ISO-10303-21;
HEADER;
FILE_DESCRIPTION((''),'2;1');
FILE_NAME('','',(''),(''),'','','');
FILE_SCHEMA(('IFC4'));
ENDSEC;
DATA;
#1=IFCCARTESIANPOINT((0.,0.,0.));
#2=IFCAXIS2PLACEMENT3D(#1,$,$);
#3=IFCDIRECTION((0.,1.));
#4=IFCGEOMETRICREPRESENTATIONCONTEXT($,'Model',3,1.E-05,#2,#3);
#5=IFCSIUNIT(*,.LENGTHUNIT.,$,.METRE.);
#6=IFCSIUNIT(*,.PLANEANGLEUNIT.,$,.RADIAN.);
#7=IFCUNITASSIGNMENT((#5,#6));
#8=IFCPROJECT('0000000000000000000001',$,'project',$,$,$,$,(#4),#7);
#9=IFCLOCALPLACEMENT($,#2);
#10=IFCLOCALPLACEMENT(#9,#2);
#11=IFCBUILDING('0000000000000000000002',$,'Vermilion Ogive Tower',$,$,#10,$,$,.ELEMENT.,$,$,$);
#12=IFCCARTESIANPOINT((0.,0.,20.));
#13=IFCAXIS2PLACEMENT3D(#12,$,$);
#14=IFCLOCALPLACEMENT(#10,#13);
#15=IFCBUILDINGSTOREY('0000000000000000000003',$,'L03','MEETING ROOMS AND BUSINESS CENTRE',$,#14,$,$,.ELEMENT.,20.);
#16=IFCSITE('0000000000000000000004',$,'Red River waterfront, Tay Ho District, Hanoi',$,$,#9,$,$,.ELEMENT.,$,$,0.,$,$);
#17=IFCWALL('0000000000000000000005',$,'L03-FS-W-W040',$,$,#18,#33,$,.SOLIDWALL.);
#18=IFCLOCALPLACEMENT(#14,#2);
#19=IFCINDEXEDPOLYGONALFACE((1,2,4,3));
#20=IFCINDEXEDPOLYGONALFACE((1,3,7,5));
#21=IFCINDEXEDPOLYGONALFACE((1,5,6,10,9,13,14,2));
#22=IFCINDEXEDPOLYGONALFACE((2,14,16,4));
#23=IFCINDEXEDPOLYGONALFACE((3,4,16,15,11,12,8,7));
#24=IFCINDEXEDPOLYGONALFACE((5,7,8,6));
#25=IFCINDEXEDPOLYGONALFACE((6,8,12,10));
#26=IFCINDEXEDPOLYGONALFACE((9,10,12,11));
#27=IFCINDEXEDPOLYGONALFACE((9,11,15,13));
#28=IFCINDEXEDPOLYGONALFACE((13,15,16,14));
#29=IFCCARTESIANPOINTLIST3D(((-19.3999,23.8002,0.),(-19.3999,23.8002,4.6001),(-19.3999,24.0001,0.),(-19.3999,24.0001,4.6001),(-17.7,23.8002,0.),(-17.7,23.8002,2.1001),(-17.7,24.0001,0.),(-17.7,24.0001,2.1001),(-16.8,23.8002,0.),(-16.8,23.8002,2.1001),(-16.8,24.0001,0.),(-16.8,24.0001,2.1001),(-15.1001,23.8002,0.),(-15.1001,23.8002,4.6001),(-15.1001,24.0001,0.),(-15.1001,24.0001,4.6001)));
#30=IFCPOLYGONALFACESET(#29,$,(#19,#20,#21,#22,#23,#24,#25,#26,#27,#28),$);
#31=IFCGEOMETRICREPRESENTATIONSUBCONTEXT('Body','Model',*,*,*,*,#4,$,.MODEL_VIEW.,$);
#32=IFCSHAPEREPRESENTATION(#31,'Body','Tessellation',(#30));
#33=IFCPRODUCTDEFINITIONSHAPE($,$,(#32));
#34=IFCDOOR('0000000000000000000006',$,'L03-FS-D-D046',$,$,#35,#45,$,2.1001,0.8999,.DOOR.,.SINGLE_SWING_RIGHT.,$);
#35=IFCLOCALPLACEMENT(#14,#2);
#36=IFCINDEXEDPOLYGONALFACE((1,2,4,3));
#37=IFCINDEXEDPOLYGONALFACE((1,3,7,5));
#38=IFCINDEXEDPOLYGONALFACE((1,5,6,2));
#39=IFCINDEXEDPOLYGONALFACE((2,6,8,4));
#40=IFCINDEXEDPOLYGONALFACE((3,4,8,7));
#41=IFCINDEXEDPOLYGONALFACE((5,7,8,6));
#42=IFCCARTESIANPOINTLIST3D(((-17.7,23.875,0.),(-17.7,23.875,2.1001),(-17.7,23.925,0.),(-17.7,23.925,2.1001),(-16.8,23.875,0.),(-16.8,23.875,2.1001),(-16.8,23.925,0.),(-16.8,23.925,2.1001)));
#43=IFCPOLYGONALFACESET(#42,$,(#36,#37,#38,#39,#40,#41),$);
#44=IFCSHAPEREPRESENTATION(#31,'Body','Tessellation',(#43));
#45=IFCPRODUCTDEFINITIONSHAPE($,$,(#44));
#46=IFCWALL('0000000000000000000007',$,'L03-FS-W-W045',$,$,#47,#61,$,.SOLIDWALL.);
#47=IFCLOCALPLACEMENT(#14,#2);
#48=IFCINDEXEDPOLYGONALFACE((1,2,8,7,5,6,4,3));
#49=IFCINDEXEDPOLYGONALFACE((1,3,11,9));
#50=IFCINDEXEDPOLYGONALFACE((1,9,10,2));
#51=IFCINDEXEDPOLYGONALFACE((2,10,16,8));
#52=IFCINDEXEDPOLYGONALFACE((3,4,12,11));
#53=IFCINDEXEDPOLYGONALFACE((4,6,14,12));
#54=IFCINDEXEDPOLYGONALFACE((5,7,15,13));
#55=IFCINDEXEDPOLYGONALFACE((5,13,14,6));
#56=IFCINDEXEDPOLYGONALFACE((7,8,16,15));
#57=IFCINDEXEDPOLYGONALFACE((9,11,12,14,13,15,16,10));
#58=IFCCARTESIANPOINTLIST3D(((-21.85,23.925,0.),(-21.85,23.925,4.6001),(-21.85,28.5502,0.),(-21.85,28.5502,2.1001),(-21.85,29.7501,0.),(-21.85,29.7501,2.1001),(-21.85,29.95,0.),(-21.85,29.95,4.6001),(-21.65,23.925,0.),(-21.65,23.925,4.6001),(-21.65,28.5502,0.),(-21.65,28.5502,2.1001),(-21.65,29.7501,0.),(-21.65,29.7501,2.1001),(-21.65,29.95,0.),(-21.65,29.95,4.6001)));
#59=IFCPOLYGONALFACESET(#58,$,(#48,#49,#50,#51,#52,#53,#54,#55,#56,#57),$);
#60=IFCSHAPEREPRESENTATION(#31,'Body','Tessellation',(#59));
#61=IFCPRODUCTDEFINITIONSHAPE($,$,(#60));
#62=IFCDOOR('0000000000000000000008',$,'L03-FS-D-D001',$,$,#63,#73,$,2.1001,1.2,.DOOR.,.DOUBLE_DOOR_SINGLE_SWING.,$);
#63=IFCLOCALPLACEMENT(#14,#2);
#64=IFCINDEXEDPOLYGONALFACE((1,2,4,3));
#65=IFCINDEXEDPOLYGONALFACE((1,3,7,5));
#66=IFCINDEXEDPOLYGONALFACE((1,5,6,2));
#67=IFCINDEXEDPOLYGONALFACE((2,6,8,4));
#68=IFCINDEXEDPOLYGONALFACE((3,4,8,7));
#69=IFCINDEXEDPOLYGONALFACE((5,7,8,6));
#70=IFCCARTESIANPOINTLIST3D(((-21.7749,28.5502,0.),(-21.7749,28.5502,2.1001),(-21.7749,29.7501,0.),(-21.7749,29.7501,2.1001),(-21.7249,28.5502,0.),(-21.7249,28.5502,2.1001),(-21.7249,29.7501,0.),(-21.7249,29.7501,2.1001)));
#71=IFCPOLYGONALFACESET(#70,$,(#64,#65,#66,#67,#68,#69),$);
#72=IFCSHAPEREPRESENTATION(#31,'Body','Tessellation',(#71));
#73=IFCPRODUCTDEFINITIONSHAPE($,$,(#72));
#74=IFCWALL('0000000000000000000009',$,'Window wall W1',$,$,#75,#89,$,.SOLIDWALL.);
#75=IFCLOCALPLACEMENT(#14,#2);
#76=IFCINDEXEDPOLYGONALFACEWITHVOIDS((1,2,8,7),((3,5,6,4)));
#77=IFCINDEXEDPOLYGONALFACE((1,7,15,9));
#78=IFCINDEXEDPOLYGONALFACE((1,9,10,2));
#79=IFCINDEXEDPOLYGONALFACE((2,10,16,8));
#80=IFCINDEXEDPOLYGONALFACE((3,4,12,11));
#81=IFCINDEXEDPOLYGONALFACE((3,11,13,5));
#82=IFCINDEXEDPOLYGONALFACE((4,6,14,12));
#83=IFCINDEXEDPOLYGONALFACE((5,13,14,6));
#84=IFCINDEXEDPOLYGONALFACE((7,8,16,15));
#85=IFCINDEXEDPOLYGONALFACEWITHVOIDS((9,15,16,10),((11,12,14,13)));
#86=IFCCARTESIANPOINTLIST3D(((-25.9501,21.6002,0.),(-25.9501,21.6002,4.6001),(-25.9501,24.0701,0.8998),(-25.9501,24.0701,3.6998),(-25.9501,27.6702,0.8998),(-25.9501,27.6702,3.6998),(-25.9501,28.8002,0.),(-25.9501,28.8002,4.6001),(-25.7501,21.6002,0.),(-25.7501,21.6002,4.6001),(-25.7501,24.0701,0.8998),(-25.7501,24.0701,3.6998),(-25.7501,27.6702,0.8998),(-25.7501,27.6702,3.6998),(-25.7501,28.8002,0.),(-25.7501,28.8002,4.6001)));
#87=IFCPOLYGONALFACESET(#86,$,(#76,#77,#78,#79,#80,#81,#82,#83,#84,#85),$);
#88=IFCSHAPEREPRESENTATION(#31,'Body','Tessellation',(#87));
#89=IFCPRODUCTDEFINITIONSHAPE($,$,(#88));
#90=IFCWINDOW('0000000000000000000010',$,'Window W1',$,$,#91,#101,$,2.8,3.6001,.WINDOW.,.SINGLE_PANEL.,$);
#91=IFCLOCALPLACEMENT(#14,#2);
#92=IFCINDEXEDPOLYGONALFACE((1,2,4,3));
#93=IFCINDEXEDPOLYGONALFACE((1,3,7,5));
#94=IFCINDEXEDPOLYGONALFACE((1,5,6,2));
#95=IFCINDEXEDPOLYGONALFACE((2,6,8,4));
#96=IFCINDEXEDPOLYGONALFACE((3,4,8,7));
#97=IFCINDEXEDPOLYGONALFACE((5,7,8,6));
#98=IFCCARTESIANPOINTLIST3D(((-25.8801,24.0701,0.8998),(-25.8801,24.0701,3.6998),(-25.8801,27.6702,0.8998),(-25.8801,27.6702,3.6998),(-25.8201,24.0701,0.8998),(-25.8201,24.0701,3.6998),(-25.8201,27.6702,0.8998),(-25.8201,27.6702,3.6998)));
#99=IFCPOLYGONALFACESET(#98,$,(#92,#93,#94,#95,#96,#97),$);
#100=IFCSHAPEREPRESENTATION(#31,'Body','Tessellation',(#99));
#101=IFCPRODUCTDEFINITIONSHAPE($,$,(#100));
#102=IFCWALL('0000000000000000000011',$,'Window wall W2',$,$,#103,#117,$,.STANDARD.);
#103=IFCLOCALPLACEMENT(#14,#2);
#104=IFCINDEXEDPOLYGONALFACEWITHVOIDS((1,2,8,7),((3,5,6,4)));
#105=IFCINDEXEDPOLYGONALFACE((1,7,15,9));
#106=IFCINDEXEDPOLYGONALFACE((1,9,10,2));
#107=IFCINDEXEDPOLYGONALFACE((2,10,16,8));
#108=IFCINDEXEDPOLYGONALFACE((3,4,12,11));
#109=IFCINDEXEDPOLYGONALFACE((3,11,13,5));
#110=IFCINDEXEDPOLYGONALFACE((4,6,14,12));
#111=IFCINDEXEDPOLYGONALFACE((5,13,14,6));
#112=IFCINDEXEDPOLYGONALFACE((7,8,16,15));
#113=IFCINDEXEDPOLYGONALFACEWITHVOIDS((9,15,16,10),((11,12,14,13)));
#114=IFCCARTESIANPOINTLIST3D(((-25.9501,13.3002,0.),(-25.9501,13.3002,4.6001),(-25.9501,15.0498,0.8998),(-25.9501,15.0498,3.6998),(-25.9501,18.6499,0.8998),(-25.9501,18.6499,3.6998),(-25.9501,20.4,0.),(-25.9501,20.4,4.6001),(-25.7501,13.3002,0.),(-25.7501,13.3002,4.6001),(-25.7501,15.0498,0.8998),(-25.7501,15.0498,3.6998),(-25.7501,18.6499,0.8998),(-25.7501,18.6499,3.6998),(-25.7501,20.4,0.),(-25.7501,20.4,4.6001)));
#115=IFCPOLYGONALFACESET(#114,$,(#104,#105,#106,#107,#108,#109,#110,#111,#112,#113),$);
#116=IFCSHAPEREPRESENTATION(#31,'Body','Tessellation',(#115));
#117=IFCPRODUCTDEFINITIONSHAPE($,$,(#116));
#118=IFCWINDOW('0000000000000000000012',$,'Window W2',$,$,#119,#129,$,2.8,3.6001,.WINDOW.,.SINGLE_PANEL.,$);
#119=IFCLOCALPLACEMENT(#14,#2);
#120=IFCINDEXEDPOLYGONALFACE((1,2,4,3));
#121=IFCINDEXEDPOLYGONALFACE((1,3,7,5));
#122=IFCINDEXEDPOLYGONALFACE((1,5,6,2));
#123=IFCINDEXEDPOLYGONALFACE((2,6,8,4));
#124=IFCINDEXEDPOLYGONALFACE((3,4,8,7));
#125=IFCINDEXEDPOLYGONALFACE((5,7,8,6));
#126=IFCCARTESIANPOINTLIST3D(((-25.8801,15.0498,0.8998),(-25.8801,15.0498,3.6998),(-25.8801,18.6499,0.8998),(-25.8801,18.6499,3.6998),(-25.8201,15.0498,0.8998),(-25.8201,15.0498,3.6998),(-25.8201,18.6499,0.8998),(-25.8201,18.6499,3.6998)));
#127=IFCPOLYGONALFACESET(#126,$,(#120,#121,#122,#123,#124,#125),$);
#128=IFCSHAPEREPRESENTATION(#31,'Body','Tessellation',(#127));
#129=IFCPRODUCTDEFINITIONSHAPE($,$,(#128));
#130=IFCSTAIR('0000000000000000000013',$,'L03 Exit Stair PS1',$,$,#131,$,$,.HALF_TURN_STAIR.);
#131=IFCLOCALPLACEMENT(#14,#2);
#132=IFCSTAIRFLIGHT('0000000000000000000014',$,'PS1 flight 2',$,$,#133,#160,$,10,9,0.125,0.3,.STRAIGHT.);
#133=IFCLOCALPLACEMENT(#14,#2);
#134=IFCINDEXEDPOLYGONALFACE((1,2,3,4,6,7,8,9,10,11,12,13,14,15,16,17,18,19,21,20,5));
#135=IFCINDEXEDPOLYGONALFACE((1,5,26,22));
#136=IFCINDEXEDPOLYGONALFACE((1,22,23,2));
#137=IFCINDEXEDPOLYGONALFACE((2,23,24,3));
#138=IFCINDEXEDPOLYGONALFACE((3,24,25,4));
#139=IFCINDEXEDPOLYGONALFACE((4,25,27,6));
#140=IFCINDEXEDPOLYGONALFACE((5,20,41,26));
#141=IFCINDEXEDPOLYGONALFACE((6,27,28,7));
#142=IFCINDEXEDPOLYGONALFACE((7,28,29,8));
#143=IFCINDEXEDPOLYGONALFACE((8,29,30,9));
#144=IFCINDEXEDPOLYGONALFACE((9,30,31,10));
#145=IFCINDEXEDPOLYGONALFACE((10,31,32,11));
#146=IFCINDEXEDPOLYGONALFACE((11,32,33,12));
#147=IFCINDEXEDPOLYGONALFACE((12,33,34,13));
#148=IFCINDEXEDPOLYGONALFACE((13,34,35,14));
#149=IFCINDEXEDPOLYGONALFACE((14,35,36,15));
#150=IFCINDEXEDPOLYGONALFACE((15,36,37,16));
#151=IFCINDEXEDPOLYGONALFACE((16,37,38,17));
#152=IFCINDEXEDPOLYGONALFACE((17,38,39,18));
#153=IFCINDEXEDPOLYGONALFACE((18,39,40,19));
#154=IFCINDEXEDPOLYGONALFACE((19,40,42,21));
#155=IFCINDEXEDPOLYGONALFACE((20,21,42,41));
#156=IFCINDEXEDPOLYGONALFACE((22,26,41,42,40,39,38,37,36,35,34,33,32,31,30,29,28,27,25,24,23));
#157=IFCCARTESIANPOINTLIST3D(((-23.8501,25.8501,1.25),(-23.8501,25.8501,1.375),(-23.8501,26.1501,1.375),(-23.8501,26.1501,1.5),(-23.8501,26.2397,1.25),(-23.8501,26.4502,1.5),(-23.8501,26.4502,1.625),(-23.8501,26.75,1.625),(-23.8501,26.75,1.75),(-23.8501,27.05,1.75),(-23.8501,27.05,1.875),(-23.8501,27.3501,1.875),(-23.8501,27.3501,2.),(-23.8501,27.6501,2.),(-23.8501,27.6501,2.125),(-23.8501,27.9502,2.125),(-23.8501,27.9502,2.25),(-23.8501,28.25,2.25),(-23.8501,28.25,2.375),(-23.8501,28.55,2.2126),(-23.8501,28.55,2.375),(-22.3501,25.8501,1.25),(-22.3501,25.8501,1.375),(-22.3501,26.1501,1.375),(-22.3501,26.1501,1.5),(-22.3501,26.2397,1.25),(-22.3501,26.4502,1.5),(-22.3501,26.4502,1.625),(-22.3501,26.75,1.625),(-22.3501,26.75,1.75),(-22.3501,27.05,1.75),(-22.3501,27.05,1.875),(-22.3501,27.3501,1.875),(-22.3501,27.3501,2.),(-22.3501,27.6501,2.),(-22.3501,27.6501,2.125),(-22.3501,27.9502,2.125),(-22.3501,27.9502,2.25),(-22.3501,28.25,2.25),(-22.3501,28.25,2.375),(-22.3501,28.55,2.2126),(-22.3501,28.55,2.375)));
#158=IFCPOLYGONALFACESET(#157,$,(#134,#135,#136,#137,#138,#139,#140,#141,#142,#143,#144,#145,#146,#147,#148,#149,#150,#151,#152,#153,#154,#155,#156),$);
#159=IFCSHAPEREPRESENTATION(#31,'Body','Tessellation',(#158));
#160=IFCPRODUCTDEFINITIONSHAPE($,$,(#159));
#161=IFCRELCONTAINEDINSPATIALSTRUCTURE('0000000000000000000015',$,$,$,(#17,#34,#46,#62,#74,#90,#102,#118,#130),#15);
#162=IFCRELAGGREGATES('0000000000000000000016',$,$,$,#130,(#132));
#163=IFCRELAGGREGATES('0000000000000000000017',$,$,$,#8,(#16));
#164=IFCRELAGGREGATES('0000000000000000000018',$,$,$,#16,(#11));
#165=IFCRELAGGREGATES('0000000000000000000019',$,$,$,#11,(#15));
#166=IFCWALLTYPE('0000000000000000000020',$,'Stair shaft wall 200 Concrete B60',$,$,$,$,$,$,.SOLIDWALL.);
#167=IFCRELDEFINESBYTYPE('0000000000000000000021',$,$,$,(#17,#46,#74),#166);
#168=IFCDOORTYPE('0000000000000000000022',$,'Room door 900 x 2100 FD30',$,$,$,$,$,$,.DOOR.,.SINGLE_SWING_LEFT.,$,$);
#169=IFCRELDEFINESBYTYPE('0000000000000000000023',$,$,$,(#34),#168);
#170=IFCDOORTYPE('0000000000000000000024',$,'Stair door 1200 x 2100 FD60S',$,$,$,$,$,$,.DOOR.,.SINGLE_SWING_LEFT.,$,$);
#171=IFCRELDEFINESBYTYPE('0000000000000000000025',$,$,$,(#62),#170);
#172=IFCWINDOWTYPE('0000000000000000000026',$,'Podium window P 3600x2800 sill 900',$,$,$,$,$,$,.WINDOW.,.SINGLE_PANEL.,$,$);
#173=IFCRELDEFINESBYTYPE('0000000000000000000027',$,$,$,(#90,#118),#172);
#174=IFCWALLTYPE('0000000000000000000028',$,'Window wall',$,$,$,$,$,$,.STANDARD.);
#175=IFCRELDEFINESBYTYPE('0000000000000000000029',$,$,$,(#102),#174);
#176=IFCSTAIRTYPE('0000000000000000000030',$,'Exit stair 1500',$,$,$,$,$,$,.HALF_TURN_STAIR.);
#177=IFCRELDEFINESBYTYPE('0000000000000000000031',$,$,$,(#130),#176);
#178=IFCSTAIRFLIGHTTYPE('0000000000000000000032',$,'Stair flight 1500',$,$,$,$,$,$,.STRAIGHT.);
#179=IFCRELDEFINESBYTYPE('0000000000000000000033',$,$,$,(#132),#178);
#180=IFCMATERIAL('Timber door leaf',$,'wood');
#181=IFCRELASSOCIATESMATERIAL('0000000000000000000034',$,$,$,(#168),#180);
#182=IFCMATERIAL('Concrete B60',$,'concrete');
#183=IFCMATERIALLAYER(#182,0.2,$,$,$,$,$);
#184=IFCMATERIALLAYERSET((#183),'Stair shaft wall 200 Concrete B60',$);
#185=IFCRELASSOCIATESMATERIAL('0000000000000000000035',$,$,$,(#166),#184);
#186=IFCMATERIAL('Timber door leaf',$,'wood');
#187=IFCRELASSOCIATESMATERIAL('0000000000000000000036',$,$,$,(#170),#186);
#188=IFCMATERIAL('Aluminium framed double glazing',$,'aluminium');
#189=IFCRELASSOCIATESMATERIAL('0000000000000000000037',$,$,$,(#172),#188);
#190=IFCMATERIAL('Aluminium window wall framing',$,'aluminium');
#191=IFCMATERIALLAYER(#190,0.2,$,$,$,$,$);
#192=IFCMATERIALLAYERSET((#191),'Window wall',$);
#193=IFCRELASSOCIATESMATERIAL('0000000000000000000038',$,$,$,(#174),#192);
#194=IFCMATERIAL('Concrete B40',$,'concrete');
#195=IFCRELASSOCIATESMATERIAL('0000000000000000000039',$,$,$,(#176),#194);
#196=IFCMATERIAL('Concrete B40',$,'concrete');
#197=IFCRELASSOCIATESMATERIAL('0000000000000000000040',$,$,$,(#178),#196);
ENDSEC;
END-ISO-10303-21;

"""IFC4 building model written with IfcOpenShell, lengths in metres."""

from ifc_helpers import new_model, si_unit, direction, frame, frame_2d, origin, place, context, subcontext, project, spatial, polyline, rectangle, outline, extrude, material, layer, layer_set, type_object, element, fill, aggregate, save


model = new_model("IFC4")

# Units and contexts
model_context = context("Model", 3, precision=1e-05, world=origin(), true_north=direction((0.0, 1.0)))
body_context = subcontext(model_context, "Body", "Model", "MODEL_VIEW")
ifc_project = project(units=[si_unit("LENGTHUNIT", "METRE"), si_unit("PLANEANGLEUNIT", "RADIAN")], contexts=[model_context])

# Site, building, storey
site_placement = place(None, origin())
site = spatial("IfcSite", under=ifc_project, at=site_placement, Name="Red River waterfront, Tay Ho District, Hanoi", CompositionType="ELEMENT", RefElevation=0.0)
building_placement = place(site_placement, origin())
building = spatial("IfcBuilding", under=site, at=building_placement, Name="Vermilion Ogive Tower", CompositionType="ELEMENT")
storey_placement = place(building_placement, frame((0.0, 0.0, 20.0)))
storey = spatial("IfcBuildingStorey", under=building, at=storey_placement, Name="L03", Description="MEETING ROOMS AND BUSINESS CENTRE", CompositionType="ELEMENT", Elevation=20.0)

# Shared definitions
ifc_material_1 = material(Name="Timber door leaf", Category="wood")
door_type_1 = type_object("IfcDoorType", Name="Room door 900 x 2100 FD30", OperationType="SINGLE_SWING_LEFT", PredefinedType="DOOR", material=ifc_material_1)

# Walls, openings, doors
ifc_material_2 = material(Name="Concrete B60", Category="concrete")
ifc_layer_1 = layer(ifc_material_2, 0.2)
ifc_layer_set_1 = layer_set([ifc_layer_1], Name="Stair shaft wall 200 Concrete B60")
wall_type_1 = type_object("IfcWallType", Name="Stair shaft wall 200 Concrete B60", PredefinedType="SOLIDWALL", material=ifc_layer_set_1)
ifc_material_3 = material(Name="Timber door leaf", Category="wood")
door_type_2 = type_object("IfcDoorType", Name="Stair door 1200 x 2100 FD60S", OperationType="SINGLE_SWING_LEFT", PredefinedType="DOOR", material=ifc_material_3)
wall_1_placement = place(storey_placement, frame((-19.3999, 23.9001, 0.0), z_axis=(0.0, 0.0, 1.0), x_axis=(1.0, 0.0, 0.0)))
wall_1 = element("IfcWall", 1, at=wall_1_placement, inside=storey, type_object=wall_type_1, Name="L03-FS-W-W040", PredefinedType="SOLIDWALL", context=body_context, shape_type="SweptSolid", body=[
    extrude(rectangle(XDim=4.2998, YDim=0.2, at=frame_2d((2.1499, 0.0))), origin(), (0.0, 0.0, 1.0), 4.6001),
])
opening_1_placement = place(wall_1_placement, frame((1.7, 0.0, 0.0)))
opening_1 = element("IfcOpeningElement", 2, at=opening_1_placement, cuts=wall_1, PredefinedType="OPENING", context=body_context, shape_type="SweptSolid", body=[
    extrude(rectangle(XDim=0.8999, YDim=2.1001, at=frame_2d((0.45, 1.05))), frame((0.0, 0.1099, 0.0), z_axis=(0.0, -1.0, 0.0), x_axis=(1.0, 0.0, 0.0)), (0.0, 0.0, 1.0), 0.22),
])
door_1_placement = place(opening_1_placement, origin())
door_1 = element("IfcDoor", 3, at=door_1_placement, inside=storey, type_object=door_type_1, Name="L03-FS-D-D046", OperationType="SINGLE_SWING_RIGHT", OverallHeight=2.1001, OverallWidth=0.8999, PredefinedType="DOOR", context=body_context, shape_type="SweptSolid", body=[
    extrude(rectangle(XDim=0.8999, YDim=2.1001, at=frame_2d((0.45, 1.05))), frame((0.0, 0.0249, 0.0), z_axis=(0.0, -1.0, 0.0), x_axis=(1.0, 0.0, 0.0)), (0.0, 0.0, 1.0), 0.05),
])
fill(opening_1, door_1)
wall_2_placement = place(storey_placement, frame((-21.75, 23.925, 0.0), z_axis=(0.0, 0.0, 1.0), x_axis=(0.0, 1.0, 0.0)))
wall_2 = element("IfcWall", 4, at=wall_2_placement, inside=storey, type_object=wall_type_1, Name="L03-FS-W-W045", PredefinedType="SOLIDWALL", context=body_context, shape_type="SweptSolid", body=[
    extrude(rectangle(XDim=6.0249, YDim=0.2, at=frame_2d((3.0125, 0.0))), origin(), (0.0, 0.0, 1.0), 4.6001),
])
opening_2_placement = place(wall_2_placement, frame((4.625, 0.0, 0.0)))
opening_2 = element("IfcOpeningElement", 5, at=opening_2_placement, cuts=wall_2, PredefinedType="OPENING", context=body_context, shape_type="SweptSolid", body=[
    extrude(rectangle(XDim=1.2, YDim=2.1001, at=frame_2d((0.6001, 1.05))), frame((0.0, 0.1099, 0.0), z_axis=(0.0, -1.0, 0.0), x_axis=(1.0, 0.0, 0.0)), (0.0, 0.0, 1.0), 0.22),
])
door_2_placement = place(opening_2_placement, origin())
door_2 = element("IfcDoor", 6, at=door_2_placement, inside=storey, type_object=door_type_2, Name="L03-FS-D-D001", OperationType="DOUBLE_DOOR_SINGLE_SWING", OverallHeight=2.1001, OverallWidth=1.2, PredefinedType="DOOR", context=body_context, shape_type="SweptSolid", body=[
    extrude(rectangle(XDim=1.2, YDim=2.1001, at=frame_2d((0.6001, 1.05))), frame((0.0, 0.0249, 0.0), z_axis=(0.0, -1.0, 0.0), x_axis=(1.0, 0.0, 0.0)), (0.0, 0.0, 1.0), 0.05),
])
fill(opening_2, door_2)

# Walls, openings, windows
wall_3_placement = place(storey_placement, frame((-25.8501, 21.6001, 0.0), z_axis=(0.0, 0.0, 1.0), x_axis=(0.0, 1.0, 0.0)))
wall_3 = element("IfcWall", 7, at=wall_3_placement, inside=storey, type_object=wall_type_1, Name="Window wall W1", PredefinedType="SOLIDWALL", context=body_context, shape_type="SweptSolid", body=[
    extrude(rectangle(XDim=7.2, YDim=0.2, at=frame_2d((3.6001, 0.0))), origin(), (0.0, 0.0, 1.0), 4.6001),
])
opening_3_placement = place(wall_3_placement, frame((2.47, 0.0, 0.8999)))
opening_3 = element("IfcOpeningElement", 8, at=opening_3_placement, cuts=wall_3, PredefinedType="OPENING", context=body_context, shape_type="SweptSolid", body=[
    extrude(rectangle(XDim=3.6001, YDim=2.8, at=frame_2d((1.8, 1.3999))), frame((0.0, 0.1099, 0.0), z_axis=(0.0, -1.0, 0.0), x_axis=(1.0, 0.0, 0.0)), (0.0, 0.0, 1.0), 0.22),
])
ifc_material_4 = material(Name="Aluminium framed double glazing", Category="aluminium")
window_type = type_object("IfcWindowType", Name="Podium window P 3600x2800 sill 900", PartitioningType="SINGLE_PANEL", PredefinedType="WINDOW", material=ifc_material_4)
window_1_placement = place(opening_3_placement, origin())
window_1 = element("IfcWindow", 9, at=window_1_placement, inside=storey, type_object=window_type, Name="Window W1", OverallHeight=2.8, OverallWidth=3.6001, PartitioningType="SINGLE_PANEL", PredefinedType="WINDOW", context=body_context, shape_type="SweptSolid", body=[
    extrude(rectangle(XDim=3.6001, YDim=2.8, at=frame_2d((1.8, 1.3999))), frame((0.0, 0.03, 0.0), z_axis=(0.0, -1.0, 0.0), x_axis=(1.0, 0.0, 0.0)), (0.0, 0.0, 1.0), 0.0601),
])
fill(opening_3, window_1)
ifc_material_5 = material(Name="Aluminium window wall framing", Category="aluminium")
ifc_layer_2 = layer(ifc_material_5, 0.2)
ifc_layer_set_2 = layer_set([ifc_layer_2], Name="Window wall")
wall_type_2 = type_object("IfcWallType", Name="Window wall", PredefinedType="STANDARD", material=ifc_layer_set_2)
wall_4_placement = place(storey_placement, frame((-25.8501, 20.3999, 0.0), z_axis=(0.0, 0.0, 1.0), x_axis=(0.0, -1.0, 0.0)))
wall_4 = element("IfcWall", 10, at=wall_4_placement, inside=storey, type_object=wall_type_2, Name="Window wall W2", PredefinedType="STANDARD", context=body_context, shape_type="SweptSolid", body=[
    extrude(rectangle(XDim=7.0999, YDim=0.2, at=frame_2d((3.5498, 0.0))), origin(), (0.0, 0.0, 1.0), 4.6001),
])
opening_4_placement = place(wall_4_placement, frame((1.75, 0.0, 0.8999)))
opening_4 = element("IfcOpeningElement", 11, at=opening_4_placement, cuts=wall_4, PredefinedType="OPENING", context=body_context, shape_type="SweptSolid", body=[
    extrude(rectangle(XDim=3.6001, YDim=2.8, at=frame_2d((1.8, 1.3999))), frame((0.0, 0.1099, 0.0), z_axis=(0.0, -1.0, 0.0), x_axis=(1.0, 0.0, 0.0)), (0.0, 0.0, 1.0), 0.22),
])
window_2_placement = place(opening_4_placement, origin())
window_2 = element("IfcWindow", 12, at=window_2_placement, inside=storey, type_object=window_type, Name="Window W2", OverallHeight=2.8, OverallWidth=3.6001, PartitioningType="SINGLE_PANEL", PredefinedType="WINDOW", context=body_context, shape_type="SweptSolid", body=[
    extrude(rectangle(XDim=3.6001, YDim=2.8, at=frame_2d((1.8, 1.3999))), frame((0.0, 0.03, 0.0), z_axis=(0.0, -1.0, 0.0), x_axis=(1.0, 0.0, 0.0)), (0.0, 0.0, 1.0), 0.0601),
])
fill(opening_4, window_2)

# Stair, stair flight
ifc_material_6 = material(Name="Concrete B40", Category="concrete")
stair_type = type_object("IfcStairType", Name="Exit stair 1500", PredefinedType="HALF_TURN_STAIR", material=ifc_material_6)
stair_placement = place(storey_placement, origin())
stair = element("IfcStair", 13, at=stair_placement, inside=storey, type_object=stair_type, Name="L03 Exit Stair PS1", PredefinedType="HALF_TURN_STAIR")
ifc_material_7 = material(Name="Concrete B40", Category="concrete")
stair_flight_type = type_object("IfcStairFlightType", Name="Stair flight 1500", PredefinedType="STRAIGHT", material=ifc_material_7)
stair_flight_1_placement = place(storey_placement, frame((-23.1001, 25.8501, 1.25), z_axis=(0.0, 0.0, 1.0), x_axis=(0.0, 1.0, 0.0)))
stair_flight_1 = element("IfcStairFlight", 14, at=stair_flight_1_placement, type_object=stair_flight_type, Name="PS1 flight 2", NumberOfRisers=10, NumberOfTreads=9, PredefinedType="STRAIGHT", RiserHeight=0.125, TreadLength=0.3, context=body_context, shape_type="SweptSolid", body=[
    extrude(outline(polyline([(0.0, 0.0), (0.0, 0.125), (0.3, 0.125), (0.3, 0.25), (0.6001, 0.25), (0.6001, 0.375), (0.8999, 0.375), (0.8999, 0.5), (1.2, 0.5), (1.2, 0.625), (1.5, 0.625), (1.5, 0.75), (1.8, 0.75), (1.8, 0.875), (2.1001, 0.875), (2.1001, 1.0), (2.3999, 1.0), (2.3999, 1.125), (2.7, 1.125), (2.7, 1.25), (2.7, 0.9626), (0.3896, 0.0), (0.0, 0.0)])), frame((0.0, 0.75, 0.0), z_axis=(0.0, -1.0, 0.0), x_axis=(1.0, 0.0, 0.0)), (0.0, 0.0, 1.0), 1.5),
])
aggregate(stair, [stair_flight_1])

save(model, "model.ifc")
